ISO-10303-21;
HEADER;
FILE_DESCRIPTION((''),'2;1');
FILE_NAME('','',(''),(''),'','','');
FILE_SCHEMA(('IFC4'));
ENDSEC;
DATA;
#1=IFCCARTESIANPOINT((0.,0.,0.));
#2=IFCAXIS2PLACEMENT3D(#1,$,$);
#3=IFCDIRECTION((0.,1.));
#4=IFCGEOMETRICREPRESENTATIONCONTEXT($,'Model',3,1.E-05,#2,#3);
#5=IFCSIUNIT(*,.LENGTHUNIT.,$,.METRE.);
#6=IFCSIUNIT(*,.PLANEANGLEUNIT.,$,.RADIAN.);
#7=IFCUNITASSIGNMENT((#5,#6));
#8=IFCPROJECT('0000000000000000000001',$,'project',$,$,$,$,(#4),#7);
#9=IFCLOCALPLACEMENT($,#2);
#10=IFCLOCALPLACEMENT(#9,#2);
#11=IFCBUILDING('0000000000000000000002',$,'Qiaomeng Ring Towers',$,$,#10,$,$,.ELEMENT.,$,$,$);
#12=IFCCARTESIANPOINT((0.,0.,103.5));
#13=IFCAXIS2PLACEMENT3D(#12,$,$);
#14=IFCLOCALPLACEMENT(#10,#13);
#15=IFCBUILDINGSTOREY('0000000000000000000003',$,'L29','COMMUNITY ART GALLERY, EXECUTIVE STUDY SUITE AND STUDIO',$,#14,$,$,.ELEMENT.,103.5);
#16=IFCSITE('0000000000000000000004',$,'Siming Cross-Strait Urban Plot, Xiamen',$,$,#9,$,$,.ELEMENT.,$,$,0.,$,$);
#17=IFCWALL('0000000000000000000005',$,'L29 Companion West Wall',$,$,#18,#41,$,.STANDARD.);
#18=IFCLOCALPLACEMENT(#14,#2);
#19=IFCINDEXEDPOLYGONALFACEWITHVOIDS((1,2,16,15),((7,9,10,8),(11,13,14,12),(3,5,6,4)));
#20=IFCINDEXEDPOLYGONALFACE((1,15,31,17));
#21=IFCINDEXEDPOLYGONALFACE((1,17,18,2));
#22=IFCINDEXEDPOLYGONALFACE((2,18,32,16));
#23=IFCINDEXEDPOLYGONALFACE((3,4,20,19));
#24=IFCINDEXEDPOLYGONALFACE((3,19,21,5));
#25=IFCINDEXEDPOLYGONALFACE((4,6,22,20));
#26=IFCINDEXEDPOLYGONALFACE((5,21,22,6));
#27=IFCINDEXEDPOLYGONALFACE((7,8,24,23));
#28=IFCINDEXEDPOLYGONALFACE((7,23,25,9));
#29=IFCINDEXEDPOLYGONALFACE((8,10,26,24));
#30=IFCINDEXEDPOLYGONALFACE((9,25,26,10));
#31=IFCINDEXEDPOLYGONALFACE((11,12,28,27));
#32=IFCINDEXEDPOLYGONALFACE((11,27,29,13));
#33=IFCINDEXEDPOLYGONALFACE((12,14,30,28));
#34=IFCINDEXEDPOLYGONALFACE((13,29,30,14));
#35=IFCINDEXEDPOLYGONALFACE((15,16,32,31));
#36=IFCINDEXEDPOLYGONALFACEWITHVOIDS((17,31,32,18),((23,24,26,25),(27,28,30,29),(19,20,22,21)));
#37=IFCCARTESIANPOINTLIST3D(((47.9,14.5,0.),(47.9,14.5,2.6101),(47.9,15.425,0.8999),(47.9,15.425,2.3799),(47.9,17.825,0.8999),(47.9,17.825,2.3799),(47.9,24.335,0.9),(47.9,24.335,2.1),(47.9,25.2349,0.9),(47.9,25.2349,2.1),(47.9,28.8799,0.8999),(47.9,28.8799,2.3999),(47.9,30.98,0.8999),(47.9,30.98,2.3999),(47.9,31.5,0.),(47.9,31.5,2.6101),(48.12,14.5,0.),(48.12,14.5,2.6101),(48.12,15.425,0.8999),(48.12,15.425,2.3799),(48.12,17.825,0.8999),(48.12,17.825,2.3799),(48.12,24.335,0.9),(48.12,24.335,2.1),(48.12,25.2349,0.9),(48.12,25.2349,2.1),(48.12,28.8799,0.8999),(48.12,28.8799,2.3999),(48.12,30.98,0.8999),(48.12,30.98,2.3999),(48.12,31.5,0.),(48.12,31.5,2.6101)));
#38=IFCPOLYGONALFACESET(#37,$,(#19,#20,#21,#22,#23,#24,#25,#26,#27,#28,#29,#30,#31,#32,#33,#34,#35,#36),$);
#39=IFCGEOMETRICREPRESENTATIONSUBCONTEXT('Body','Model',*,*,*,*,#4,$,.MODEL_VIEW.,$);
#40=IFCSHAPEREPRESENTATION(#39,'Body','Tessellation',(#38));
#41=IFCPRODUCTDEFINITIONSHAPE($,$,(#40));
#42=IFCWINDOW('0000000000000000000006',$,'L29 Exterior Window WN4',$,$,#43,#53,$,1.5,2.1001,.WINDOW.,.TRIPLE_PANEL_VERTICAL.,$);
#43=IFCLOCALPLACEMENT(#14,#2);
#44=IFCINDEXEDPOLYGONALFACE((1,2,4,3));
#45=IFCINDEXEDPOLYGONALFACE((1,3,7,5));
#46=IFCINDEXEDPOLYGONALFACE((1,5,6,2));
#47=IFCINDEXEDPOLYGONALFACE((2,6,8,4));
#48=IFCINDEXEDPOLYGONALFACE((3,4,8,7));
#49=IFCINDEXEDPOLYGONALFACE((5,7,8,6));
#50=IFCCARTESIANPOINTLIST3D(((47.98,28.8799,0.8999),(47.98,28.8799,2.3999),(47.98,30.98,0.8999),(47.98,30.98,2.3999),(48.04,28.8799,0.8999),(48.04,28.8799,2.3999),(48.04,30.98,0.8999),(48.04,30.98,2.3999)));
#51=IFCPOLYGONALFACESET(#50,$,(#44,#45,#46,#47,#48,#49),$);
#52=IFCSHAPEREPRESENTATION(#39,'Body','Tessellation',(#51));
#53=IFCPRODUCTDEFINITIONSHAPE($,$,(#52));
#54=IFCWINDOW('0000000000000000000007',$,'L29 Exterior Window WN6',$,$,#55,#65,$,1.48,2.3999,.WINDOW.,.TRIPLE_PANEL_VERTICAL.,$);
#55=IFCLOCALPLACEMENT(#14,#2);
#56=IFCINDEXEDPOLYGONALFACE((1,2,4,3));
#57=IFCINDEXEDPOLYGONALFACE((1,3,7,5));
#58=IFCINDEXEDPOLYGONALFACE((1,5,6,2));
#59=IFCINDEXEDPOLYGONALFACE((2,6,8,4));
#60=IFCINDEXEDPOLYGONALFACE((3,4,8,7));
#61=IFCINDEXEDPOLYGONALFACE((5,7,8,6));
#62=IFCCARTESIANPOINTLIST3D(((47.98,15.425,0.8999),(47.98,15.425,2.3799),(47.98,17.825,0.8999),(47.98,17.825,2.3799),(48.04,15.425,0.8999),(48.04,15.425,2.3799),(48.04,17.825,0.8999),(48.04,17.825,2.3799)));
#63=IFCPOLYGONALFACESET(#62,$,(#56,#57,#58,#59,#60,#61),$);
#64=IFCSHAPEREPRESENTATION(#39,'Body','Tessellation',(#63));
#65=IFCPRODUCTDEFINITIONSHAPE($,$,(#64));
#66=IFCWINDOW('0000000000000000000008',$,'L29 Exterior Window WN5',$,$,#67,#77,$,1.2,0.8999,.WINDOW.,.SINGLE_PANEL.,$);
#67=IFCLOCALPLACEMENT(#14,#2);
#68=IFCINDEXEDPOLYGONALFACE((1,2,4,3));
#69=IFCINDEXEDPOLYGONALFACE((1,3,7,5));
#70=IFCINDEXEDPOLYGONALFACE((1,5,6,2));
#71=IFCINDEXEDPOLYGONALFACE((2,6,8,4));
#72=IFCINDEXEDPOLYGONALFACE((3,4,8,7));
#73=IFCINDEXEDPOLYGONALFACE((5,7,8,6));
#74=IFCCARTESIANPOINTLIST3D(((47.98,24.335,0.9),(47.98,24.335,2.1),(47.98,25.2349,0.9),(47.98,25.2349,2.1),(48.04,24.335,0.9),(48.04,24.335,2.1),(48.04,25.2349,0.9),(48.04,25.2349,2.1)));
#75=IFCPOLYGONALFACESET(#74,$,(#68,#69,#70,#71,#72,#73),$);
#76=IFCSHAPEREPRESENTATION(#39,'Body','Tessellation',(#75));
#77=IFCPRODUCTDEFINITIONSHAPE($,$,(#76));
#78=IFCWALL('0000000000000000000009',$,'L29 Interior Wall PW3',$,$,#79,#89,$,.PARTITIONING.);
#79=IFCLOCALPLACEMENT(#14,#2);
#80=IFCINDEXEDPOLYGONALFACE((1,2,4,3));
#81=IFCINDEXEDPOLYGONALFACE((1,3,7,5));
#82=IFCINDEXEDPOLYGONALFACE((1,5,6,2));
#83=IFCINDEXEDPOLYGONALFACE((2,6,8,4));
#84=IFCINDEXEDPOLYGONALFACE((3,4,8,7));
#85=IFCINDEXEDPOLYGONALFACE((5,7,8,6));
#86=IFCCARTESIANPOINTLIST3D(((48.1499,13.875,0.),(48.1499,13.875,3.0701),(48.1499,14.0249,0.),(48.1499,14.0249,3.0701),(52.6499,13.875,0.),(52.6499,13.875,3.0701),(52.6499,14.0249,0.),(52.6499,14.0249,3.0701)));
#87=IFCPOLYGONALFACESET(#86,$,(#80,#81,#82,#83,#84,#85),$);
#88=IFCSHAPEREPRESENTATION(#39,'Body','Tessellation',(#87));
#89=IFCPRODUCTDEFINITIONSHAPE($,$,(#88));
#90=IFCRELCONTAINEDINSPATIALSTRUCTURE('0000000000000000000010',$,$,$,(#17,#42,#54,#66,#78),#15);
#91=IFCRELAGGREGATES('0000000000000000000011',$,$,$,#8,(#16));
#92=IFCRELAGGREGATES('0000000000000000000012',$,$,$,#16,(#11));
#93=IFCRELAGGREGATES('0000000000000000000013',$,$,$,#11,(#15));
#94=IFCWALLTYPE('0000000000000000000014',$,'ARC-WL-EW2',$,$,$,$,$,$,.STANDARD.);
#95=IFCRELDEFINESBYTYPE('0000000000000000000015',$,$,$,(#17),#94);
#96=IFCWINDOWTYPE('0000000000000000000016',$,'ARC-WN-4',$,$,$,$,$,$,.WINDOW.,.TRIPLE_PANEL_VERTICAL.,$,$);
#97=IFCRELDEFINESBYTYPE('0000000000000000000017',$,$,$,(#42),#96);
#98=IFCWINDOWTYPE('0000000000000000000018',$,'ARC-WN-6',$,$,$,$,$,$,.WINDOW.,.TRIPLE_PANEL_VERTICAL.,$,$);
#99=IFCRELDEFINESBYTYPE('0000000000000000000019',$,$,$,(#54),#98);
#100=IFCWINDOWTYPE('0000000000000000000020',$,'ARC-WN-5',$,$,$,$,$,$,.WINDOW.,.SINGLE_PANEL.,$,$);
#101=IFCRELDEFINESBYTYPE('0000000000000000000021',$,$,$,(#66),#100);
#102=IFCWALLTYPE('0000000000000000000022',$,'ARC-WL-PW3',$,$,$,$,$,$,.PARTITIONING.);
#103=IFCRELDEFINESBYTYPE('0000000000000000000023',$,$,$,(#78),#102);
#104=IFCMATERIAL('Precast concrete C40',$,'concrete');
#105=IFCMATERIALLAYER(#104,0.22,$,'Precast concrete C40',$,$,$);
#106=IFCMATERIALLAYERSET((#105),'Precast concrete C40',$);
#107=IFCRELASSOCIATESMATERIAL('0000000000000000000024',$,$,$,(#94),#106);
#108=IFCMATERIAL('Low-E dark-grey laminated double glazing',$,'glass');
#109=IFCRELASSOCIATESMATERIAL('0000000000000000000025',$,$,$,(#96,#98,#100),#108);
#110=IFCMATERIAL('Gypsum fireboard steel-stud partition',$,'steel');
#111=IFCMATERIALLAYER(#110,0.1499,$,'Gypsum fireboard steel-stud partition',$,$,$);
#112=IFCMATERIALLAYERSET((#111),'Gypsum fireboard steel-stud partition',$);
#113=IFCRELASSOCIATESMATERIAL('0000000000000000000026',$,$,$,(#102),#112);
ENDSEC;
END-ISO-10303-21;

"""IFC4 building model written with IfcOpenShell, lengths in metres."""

from ifc_helpers import new_model, si_unit, direction, frame, frame_2d, origin, place, context, subcontext, project, spatial, rectangle, extrude, source, transform, mapped, material, layer, layer_set, type_object, element, fill, save


model = new_model("IFC4")

# Units and contexts
model_context = context("Model", 3, precision=1e-05, world=origin(), true_north=direction((0.0, 1.0)))
body_context = subcontext(model_context, "Body", "Model", "MODEL_VIEW")
ifc_project = project(units=[si_unit("LENGTHUNIT", "METRE"), si_unit("PLANEANGLEUNIT", "RADIAN")], contexts=[model_context])

# Site, building, storey
site_placement = place(None, origin())
site = spatial("IfcSite", under=ifc_project, at=site_placement, Name="Siming Cross-Strait Urban Plot, Xiamen", CompositionType="ELEMENT", RefElevation=0.0)
building_placement = place(site_placement, origin())
building = spatial("IfcBuilding", under=site, at=building_placement, Name="Qiaomeng Ring Towers", CompositionType="ELEMENT")
storey_placement = place(building_placement, frame((0.0, 0.0, 103.5)))
storey = spatial("IfcBuildingStorey", under=building, at=storey_placement, Name="L29", Description="COMMUNITY ART GALLERY, EXECUTIVE STUDY SUITE AND STUDIO", CompositionType="ELEMENT", Elevation=103.5)

# Shared definitions
ifc_material_1 = material(Name="Low-E dark-grey laminated double glazing", Category="glass")

# Shared definitions
ifc_material_2 = material(Name="Precast concrete C40", Category="concrete")
ifc_layer_1 = layer(ifc_material_2, 0.22, Name="Precast concrete C40")
ifc_layer_set_1 = layer_set([ifc_layer_1], Name="Precast concrete C40")
wall_type_1 = type_object("IfcWallType", Name="ARC-WL-EW2", PredefinedType="STANDARD", material=ifc_layer_set_1)
window_type_1 = type_object("IfcWindowType", Name="ARC-WN-4", PartitioningType="TRIPLE_PANEL_VERTICAL", PredefinedType="WINDOW", material=ifc_material_1)
shared_shape_1 = source(origin(), body_context, "Body", "SweptSolid", [
    extrude(rectangle(XDim=2.1001, YDim=1.5, at=frame_2d((1.05, 0.75))), frame((0.0, 0.03, 0.0), z_axis=(0.0, -1.0, 0.0), x_axis=(1.0, 0.0, 0.0)), (0.0, 0.0, 1.0), 0.0601),
])
window_type_2 = type_object("IfcWindowType", Name="ARC-WN-6", PartitioningType="TRIPLE_PANEL_VERTICAL", PredefinedType="WINDOW", material=ifc_material_1)
shared_shape_2 = source(origin(), body_context, "Body", "SweptSolid", [
    extrude(rectangle(XDim=2.3999, YDim=1.48, at=frame_2d((1.2, 0.74))), frame((0.0, 0.03, 0.0), z_axis=(0.0, -1.0, 0.0), x_axis=(1.0, 0.0, 0.0)), (0.0, 0.0, 1.0), 0.0601),
])
window_type_3 = type_object("IfcWindowType", Name="ARC-WN-5", PartitioningType="SINGLE_PANEL", PredefinedType="WINDOW", material=ifc_material_1)
shared_shape_3 = source(origin(), body_context, "Body", "SweptSolid", [
    extrude(rectangle(XDim=0.8999, YDim=1.2, at=frame_2d((0.45, 0.6001))), frame((0.0, 0.03, 0.0), z_axis=(0.0, -1.0, 0.0), x_axis=(1.0, 0.0, 0.0)), (0.0, 0.0, 1.0), 0.0601),
])

# Wall, openings, windows
wall_1_placement = place(storey_placement, frame((48.01, 14.5, 0.0), z_axis=(0.0, 0.0, 1.0), x_axis=(0.0, 1.0, 0.0)))
wall_1 = element("IfcWall", 1, at=wall_1_placement, inside=storey, type_object=wall_type_1, Name="L29 Companion West Wall", PredefinedType="STANDARD", context=body_context, shape_type="SweptSolid", body=[
    extrude(rectangle(XDim=17.0, YDim=0.22, at=frame_2d((8.5, 0.0))), origin(), (0.0, 0.0, 1.0), 2.6101),
])
opening_1_placement = place(wall_1_placement, frame((0.925, 0.0, 0.8999)))
opening_1 = element("IfcOpeningElement", 2, at=opening_1_placement, cuts=wall_1, PredefinedType="OPENING", context=body_context, shape_type="SweptSolid", body=[
    extrude(rectangle(XDim=2.3999, YDim=1.48, at=frame_2d((1.2, 0.74))), frame((0.0, 0.1199, 0.0), z_axis=(0.0, -1.0, 0.0), x_axis=(1.0, 0.0, 0.0)), (0.0, 0.0, 1.0), 0.24),
])
opening_2_placement = place(wall_1_placement, frame((14.3799, 0.0, 0.8999)))
opening_2 = element("IfcOpeningElement", 3, at=opening_2_placement, cuts=wall_1, PredefinedType="OPENING", context=body_context, shape_type="SweptSolid", body=[
    extrude(rectangle(XDim=2.1001, YDim=1.5, at=frame_2d((1.05, 0.75))), frame((0.0, 0.1199, 0.0), z_axis=(0.0, -1.0, 0.0), x_axis=(1.0, 0.0, 0.0)), (0.0, 0.0, 1.0), 0.24),
])
opening_3_placement = place(wall_1_placement, frame((9.835, 0.0, 0.8999)))
opening_3 = element("IfcOpeningElement", 4, at=opening_3_placement, cuts=wall_1, PredefinedType="OPENING", context=body_context, shape_type="SweptSolid", body=[
    extrude(rectangle(XDim=0.8999, YDim=1.2, at=frame_2d((0.45, 0.6001))), frame((0.0, 0.1199, 0.0), z_axis=(0.0, -1.0, 0.0), x_axis=(1.0, 0.0, 0.0)), (0.0, 0.0, 1.0), 0.24),
])
window_1_placement = place(opening_2_placement, origin())
window_1 = element("IfcWindow", 5, at=window_1_placement, inside=storey, type_object=window_type_1, Name="L29 Exterior Window WN4", OverallHeight=1.5, OverallWidth=2.1001, PartitioningType="TRIPLE_PANEL_VERTICAL", PredefinedType="WINDOW", context=body_context, shape_type="MappedRepresentation", body=[
    mapped(shared_shape_1, transform((0.0, 0.0, 0.0), x_axis=(1.0, 0.0, 0.0), y_axis=(0.0, 1.0, 0.0), z_axis=(0.0, 0.0, 1.0), scale=1.0)),
])
fill(opening_2, window_1)
window_2_placement = place(opening_1_placement, origin())
window_2 = element("IfcWindow", 6, at=window_2_placement, inside=storey, type_object=window_type_2, Name="L29 Exterior Window WN6", OverallHeight=1.48, OverallWidth=2.3999, PartitioningType="TRIPLE_PANEL_VERTICAL", PredefinedType="WINDOW", context=body_context, shape_type="MappedRepresentation", body=[
    mapped(shared_shape_2, transform((0.0, 0.0, 0.0), x_axis=(1.0, 0.0, 0.0), y_axis=(0.0, 1.0, 0.0), z_axis=(0.0, 0.0, 1.0), scale=1.0)),
])
fill(opening_1, window_2)
window_3_placement = place(opening_3_placement, origin())
window_3 = element("IfcWindow", 7, at=window_3_placement, inside=storey, type_object=window_type_3, Name="L29 Exterior Window WN5", OverallHeight=1.2, OverallWidth=0.8999, PartitioningType="SINGLE_PANEL", PredefinedType="WINDOW", context=body_context, shape_type="MappedRepresentation", body=[
    mapped(shared_shape_3, transform((0.0, 0.0, 0.0), x_axis=(1.0, 0.0, 0.0), y_axis=(0.0, 1.0, 0.0), z_axis=(0.0, 0.0, 1.0), scale=1.0)),
])
fill(opening_3, window_3)

# Wall
ifc_material_3 = material(Name="Gypsum fireboard steel-stud partition", Category="steel")
ifc_layer_2 = layer(ifc_material_3, 0.1499, Name="Gypsum fireboard steel-stud partition")
ifc_layer_set_2 = layer_set([ifc_layer_2], Name="Gypsum fireboard steel-stud partition")
wall_type_2 = type_object("IfcWallType", Name="ARC-WL-PW3", PredefinedType="PARTITIONING", material=ifc_layer_set_2)
wall_2_placement = place(storey_placement, frame((48.1499, 13.95, 0.0), z_axis=(0.0, 0.0, 1.0), x_axis=(1.0, 0.0, 0.0)))
element("IfcWall", 8, at=wall_2_placement, inside=storey, type_object=wall_type_2, Name="L29 Interior Wall PW3", PredefinedType="PARTITIONING", context=body_context, shape_type="SweptSolid", body=[
    extrude(rectangle(XDim=4.5, YDim=0.1499, at=frame_2d((2.25, 0.0))), origin(), (0.0, 0.0, 1.0), 3.0701),
])

save(model, "model.ifc")
